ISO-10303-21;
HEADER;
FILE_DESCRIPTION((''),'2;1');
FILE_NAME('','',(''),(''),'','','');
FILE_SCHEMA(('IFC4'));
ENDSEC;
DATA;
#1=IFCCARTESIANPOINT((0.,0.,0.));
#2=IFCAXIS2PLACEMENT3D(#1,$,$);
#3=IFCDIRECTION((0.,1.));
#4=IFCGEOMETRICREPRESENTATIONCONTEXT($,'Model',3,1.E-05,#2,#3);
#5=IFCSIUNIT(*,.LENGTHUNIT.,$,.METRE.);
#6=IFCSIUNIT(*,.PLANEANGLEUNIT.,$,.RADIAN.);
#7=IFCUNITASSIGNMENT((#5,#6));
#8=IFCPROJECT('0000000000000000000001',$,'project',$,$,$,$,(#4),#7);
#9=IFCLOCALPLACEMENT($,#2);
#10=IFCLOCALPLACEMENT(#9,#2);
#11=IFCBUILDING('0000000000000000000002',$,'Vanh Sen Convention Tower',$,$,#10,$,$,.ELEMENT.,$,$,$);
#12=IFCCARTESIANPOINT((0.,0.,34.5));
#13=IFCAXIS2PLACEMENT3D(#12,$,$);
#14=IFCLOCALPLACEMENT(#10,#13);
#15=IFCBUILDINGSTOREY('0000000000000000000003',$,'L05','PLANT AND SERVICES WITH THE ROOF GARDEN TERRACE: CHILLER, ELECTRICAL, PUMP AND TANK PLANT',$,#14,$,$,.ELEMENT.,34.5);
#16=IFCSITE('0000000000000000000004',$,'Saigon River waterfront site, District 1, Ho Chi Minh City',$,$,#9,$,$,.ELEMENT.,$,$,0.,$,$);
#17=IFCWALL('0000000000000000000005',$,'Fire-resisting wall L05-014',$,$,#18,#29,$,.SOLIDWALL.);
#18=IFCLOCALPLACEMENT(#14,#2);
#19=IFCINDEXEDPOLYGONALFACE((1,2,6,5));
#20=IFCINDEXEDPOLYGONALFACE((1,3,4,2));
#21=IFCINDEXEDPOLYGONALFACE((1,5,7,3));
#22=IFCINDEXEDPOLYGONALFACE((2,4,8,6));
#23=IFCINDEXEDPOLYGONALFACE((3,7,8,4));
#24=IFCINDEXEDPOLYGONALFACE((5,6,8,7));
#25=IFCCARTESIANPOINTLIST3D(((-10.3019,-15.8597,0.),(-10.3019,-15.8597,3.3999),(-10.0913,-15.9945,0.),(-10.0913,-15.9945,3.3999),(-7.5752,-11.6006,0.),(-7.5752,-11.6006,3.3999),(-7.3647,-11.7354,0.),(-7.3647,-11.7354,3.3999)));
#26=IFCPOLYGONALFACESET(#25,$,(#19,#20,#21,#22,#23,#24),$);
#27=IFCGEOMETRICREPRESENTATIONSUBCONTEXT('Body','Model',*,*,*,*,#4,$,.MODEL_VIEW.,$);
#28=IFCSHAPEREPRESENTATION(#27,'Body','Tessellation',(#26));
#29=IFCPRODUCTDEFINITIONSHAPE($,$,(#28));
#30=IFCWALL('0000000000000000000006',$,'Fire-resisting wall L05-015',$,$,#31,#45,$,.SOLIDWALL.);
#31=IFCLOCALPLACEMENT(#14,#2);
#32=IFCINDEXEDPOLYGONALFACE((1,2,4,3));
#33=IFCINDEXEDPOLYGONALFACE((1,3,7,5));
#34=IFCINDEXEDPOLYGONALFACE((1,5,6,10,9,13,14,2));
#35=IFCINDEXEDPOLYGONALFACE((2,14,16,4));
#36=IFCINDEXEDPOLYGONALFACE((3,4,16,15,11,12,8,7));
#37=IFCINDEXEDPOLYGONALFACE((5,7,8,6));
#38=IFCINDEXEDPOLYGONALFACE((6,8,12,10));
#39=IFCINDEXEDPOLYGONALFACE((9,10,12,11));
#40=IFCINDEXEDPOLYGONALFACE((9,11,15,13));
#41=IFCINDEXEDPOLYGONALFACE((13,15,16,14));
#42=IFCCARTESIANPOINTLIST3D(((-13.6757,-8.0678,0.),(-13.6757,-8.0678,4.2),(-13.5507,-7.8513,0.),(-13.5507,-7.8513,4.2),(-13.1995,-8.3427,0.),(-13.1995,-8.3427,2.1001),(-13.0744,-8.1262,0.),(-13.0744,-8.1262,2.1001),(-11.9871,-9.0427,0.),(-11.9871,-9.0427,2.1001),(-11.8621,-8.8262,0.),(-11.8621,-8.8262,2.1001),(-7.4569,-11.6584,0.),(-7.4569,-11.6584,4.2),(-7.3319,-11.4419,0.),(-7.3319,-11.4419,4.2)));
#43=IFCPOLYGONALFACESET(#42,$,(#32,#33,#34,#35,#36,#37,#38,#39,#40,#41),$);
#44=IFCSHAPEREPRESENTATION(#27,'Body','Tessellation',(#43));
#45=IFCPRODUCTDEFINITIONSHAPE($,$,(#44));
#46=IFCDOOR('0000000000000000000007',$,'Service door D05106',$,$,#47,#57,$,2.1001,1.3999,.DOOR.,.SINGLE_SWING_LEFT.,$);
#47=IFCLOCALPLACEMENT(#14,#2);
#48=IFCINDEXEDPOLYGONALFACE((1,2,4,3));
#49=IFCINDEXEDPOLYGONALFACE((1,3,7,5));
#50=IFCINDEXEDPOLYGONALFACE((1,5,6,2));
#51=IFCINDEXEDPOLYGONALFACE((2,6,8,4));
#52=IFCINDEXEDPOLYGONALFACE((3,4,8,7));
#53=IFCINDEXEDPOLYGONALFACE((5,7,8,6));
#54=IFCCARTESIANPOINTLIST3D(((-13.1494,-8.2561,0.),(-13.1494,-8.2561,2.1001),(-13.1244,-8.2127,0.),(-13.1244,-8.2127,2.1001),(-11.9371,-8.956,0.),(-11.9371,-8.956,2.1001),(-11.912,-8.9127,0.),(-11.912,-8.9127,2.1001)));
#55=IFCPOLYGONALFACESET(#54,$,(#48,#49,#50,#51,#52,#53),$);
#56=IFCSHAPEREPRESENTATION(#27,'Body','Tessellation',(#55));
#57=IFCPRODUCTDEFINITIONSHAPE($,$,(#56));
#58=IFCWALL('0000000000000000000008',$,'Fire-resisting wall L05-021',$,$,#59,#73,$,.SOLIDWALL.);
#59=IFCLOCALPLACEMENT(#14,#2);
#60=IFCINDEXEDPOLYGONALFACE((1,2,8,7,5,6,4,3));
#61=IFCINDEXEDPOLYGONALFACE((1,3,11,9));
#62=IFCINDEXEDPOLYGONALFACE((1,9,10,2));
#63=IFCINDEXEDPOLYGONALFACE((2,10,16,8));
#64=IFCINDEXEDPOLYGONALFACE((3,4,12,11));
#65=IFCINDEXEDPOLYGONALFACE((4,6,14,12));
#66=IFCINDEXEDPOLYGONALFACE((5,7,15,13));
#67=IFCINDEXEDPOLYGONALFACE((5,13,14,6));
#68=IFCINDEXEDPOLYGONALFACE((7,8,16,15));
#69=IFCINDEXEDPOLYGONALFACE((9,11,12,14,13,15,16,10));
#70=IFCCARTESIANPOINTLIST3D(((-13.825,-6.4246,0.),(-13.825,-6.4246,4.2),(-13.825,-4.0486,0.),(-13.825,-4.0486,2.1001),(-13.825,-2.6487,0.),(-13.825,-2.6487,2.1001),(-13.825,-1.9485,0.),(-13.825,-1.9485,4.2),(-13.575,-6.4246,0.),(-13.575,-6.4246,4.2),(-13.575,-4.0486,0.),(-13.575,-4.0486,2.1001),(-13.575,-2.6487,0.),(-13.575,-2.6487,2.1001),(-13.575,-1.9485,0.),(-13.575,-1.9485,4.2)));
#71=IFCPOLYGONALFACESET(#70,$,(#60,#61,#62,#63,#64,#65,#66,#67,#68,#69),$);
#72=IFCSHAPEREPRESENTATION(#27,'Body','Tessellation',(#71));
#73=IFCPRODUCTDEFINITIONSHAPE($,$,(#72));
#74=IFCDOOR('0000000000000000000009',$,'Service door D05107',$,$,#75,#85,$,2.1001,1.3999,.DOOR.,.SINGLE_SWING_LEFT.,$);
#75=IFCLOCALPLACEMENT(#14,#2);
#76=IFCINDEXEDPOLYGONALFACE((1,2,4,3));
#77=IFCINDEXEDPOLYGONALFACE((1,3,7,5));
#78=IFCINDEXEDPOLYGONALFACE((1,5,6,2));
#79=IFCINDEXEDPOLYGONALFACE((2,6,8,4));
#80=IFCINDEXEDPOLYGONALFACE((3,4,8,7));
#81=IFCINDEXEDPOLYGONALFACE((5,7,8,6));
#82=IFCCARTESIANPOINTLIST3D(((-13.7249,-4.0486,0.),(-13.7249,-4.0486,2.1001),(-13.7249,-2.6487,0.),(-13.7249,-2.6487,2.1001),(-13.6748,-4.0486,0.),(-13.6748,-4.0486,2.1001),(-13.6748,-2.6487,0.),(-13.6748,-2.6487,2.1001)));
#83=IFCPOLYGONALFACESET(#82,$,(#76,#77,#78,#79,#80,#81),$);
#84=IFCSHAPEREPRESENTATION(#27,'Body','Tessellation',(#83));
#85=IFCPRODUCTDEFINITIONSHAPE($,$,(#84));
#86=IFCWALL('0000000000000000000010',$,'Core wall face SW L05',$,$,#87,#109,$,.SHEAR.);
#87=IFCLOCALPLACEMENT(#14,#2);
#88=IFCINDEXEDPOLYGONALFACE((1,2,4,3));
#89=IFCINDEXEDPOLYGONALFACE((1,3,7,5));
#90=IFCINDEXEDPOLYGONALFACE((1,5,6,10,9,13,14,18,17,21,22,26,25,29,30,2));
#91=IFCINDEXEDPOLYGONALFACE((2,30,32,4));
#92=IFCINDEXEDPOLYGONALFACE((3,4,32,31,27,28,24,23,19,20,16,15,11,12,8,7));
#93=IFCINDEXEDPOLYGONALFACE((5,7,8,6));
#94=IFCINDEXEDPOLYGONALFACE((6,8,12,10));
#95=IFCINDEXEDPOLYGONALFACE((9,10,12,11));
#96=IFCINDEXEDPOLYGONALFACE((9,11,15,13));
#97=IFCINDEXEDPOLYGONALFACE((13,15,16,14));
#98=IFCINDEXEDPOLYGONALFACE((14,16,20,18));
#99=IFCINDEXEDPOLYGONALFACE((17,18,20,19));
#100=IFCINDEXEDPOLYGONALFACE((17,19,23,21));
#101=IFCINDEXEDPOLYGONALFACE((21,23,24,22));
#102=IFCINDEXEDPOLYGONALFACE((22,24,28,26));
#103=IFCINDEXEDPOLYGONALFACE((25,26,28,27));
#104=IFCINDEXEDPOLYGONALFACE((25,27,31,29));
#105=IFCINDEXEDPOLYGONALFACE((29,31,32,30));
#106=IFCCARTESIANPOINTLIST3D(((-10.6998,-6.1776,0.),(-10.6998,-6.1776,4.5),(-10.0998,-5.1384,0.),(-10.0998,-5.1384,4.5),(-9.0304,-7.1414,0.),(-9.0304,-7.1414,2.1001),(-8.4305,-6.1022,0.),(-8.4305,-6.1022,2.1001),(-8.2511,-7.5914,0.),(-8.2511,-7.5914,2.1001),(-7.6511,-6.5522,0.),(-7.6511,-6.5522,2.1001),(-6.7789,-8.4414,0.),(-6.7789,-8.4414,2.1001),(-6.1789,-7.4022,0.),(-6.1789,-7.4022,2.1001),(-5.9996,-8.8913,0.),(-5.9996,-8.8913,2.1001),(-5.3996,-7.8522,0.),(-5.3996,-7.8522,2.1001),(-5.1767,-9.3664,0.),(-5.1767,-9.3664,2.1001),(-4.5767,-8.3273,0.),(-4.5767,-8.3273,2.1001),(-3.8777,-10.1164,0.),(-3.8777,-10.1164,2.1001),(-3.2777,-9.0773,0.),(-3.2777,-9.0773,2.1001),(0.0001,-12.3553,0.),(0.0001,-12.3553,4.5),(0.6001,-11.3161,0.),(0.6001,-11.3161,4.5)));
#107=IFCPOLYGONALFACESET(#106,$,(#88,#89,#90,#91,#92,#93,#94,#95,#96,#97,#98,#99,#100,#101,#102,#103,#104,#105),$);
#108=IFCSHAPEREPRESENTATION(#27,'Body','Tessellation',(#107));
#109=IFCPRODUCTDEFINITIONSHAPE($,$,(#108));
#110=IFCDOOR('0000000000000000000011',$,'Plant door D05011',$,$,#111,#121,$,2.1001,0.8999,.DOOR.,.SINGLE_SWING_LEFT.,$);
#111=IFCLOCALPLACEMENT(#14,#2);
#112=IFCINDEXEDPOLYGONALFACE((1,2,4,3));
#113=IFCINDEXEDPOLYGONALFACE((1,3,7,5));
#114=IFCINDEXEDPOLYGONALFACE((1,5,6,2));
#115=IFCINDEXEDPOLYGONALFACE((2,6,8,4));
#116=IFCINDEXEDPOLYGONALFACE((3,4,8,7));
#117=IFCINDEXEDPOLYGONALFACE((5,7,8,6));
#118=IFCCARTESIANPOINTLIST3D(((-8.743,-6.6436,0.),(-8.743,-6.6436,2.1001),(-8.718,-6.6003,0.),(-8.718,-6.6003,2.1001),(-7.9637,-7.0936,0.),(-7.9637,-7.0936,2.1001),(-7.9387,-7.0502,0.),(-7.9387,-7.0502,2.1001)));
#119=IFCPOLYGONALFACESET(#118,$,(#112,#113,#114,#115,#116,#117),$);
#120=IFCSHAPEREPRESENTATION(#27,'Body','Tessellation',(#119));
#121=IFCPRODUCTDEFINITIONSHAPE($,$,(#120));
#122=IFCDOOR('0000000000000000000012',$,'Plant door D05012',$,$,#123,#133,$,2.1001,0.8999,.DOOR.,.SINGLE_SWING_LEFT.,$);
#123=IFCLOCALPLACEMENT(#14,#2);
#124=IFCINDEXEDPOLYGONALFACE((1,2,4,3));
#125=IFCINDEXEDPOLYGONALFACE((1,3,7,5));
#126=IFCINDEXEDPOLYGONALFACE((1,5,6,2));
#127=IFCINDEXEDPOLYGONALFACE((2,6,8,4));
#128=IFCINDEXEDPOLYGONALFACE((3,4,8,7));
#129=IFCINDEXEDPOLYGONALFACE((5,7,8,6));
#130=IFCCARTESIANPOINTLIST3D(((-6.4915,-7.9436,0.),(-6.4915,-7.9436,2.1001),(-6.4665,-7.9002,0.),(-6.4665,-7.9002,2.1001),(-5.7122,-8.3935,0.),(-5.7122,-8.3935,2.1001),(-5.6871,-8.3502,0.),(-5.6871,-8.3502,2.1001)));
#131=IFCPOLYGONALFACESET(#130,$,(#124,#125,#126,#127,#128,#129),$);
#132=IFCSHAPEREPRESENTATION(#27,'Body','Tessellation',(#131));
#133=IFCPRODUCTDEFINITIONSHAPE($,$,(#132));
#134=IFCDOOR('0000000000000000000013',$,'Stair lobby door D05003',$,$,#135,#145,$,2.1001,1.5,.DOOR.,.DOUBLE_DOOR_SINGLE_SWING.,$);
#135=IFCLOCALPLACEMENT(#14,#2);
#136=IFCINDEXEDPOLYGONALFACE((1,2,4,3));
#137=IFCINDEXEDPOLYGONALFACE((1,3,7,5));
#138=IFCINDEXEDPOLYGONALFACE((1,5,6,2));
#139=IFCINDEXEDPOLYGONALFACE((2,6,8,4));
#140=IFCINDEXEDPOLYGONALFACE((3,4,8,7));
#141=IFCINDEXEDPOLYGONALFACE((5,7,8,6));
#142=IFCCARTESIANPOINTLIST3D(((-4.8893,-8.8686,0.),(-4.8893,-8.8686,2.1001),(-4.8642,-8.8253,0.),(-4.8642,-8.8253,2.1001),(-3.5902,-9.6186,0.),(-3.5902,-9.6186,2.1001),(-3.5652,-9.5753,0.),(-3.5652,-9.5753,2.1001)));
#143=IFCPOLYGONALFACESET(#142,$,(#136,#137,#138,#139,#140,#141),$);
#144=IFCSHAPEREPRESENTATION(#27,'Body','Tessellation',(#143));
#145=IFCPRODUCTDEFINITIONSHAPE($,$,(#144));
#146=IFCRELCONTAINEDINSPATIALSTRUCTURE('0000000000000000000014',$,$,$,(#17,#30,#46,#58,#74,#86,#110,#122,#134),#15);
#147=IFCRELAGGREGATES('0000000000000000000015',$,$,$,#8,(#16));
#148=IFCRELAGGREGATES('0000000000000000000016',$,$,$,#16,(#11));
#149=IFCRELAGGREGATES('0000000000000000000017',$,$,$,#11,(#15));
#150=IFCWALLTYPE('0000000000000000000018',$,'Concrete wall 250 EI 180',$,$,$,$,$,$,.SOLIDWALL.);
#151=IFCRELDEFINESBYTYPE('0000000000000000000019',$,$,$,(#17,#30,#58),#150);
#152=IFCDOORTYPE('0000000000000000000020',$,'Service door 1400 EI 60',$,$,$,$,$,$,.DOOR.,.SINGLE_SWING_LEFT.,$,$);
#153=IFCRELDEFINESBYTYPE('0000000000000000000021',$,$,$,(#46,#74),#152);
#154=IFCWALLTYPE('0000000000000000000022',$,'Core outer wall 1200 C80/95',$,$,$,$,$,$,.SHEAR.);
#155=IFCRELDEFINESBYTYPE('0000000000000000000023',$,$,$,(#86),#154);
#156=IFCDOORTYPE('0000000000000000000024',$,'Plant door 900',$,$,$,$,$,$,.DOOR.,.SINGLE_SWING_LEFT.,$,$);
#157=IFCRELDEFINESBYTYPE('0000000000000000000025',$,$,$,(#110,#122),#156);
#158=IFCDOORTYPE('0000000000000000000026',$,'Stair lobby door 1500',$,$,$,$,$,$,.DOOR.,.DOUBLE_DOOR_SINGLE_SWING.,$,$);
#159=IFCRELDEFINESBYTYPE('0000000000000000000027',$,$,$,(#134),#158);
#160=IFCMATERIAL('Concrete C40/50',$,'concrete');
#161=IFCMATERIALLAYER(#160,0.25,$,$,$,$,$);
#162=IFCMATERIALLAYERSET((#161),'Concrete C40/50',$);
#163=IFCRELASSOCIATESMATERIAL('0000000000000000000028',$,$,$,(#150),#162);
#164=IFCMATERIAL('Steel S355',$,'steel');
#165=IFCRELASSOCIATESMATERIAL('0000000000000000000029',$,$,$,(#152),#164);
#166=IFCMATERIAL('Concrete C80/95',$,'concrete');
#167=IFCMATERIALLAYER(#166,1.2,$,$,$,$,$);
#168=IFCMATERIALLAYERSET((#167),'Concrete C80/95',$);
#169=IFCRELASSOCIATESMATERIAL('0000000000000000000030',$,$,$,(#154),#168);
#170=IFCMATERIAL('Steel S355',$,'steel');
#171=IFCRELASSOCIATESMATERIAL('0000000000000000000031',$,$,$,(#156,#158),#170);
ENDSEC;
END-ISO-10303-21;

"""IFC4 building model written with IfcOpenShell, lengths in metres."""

from ifc_helpers import new_model, si_unit, direction, frame, frame_2d, origin, place, context, subcontext, project, spatial, rectangle, extrude, material, layer, layer_set, type_object, element, fill, save


model = new_model("IFC4")

# Units and contexts
model_context = context("Model", 3, precision=1e-05, world=origin(), true_north=direction((0.0, 1.0)))
body_context = subcontext(model_context, "Body", "Model", "MODEL_VIEW")
ifc_project = project(units=[si_unit("LENGTHUNIT", "METRE"), si_unit("PLANEANGLEUNIT", "RADIAN")], contexts=[model_context])

# Site, building, storey
site_placement = place(None, origin())
site = spatial("IfcSite", under=ifc_project, at=site_placement, Name="Saigon River waterfront site, District 1, Ho Chi Minh City", CompositionType="ELEMENT", RefElevation=0.0)
building_placement = place(site_placement, origin())
building = spatial("IfcBuilding", under=site, at=building_placement, Name="Vanh Sen Convention Tower", CompositionType="ELEMENT")
storey_placement = place(building_placement, frame((0.0, 0.0, 34.5)))
storey = spatial("IfcBuildingStorey", under=building, at=storey_placement, Name="L05", Description="PLANT AND SERVICES WITH THE ROOF GARDEN TERRACE: CHILLER, ELECTRICAL, PUMP AND TANK PLANT", CompositionType="ELEMENT", Elevation=34.5)

# Shared definitions
ifc_material_1 = material(Name="Steel S355", Category="steel")

# Shared definitions
ifc_material_2 = material(Name="Concrete C40/50", Category="concrete")
ifc_layer_1 = layer(ifc_material_2, 0.25)
ifc_layer_set_1 = layer_set([ifc_layer_1], Name="Concrete C40/50")
wall_type_1 = type_object("IfcWallType", Name="Concrete wall 250 EI 180", PredefinedType="SOLIDWALL", material=ifc_layer_set_1)

# Shared definitions
ifc_material_3 = material(Name="Steel S355", Category="steel")
door_type_1 = type_object("IfcDoorType", Name="Service door 1400 EI 60", OperationType="SINGLE_SWING_LEFT", PredefinedType="DOOR", material=ifc_material_3)

# Wall
wall_1_placement = place(storey_placement, frame((-7.47, -11.668, 0.0), z_axis=(0.0, 0.0, 1.0), x_axis=(-0.539163, -0.842201, 0.0)))
element("IfcWall", 1, at=wall_1_placement, inside=storey, type_object=wall_type_1, Name="Fire-resisting wall L05-014", PredefinedType="SOLIDWALL", context=body_context, shape_type="SweptSolid", body=[
    extrude(rectangle(XDim=5.0571, YDim=0.25, at=frame_2d((2.5286, 0.0))), origin(), (0.0, 0.0, 1.0), 3.3999),
])

# Walls, openings, doors
wall_2_placement = place(storey_placement, frame((-7.3945, -11.55, 0.0), z_axis=(0.0, 0.0, 1.0), x_axis=(-0.866015, 0.500019, 0.0)))
wall_2 = element("IfcWall", 2, at=wall_2_placement, inside=storey, type_object=wall_type_1, Name="Fire-resisting wall L05-015", PredefinedType="SOLIDWALL", context=body_context, shape_type="SweptSolid", body=[
    extrude(rectangle(XDim=7.1809, YDim=0.25, at=frame_2d((3.5903, 0.0))), origin(), (0.0, 0.0, 1.0), 4.2),
])
opening_1_placement = place(wall_2_placement, frame((5.231, 0.0, 0.0)))
opening_1 = element("IfcOpeningElement", 3, at=opening_1_placement, cuts=wall_2, PredefinedType="OPENING", context=body_context, shape_type="SweptSolid", body=[
    extrude(rectangle(XDim=1.3999, YDim=2.1001, at=frame_2d((0.7, 1.05))), frame((0.0, 0.135, 0.0), z_axis=(0.0, -1.0, 0.0), x_axis=(1.0, 0.0, 0.0)), (0.0, 0.0, 1.0), 0.27),
])
door_1_placement = place(opening_1_placement, origin())
door_1 = element("IfcDoor", 4, at=door_1_placement, inside=storey, type_object=door_type_1, Name="Service door D05106", OperationType="SINGLE_SWING_LEFT", OverallHeight=2.1001, OverallWidth=1.3999, PredefinedType="DOOR", context=body_context, shape_type="SweptSolid", body=[
    extrude(rectangle(XDim=1.3999, YDim=2.1001, at=frame_2d((0.7, 1.05))), frame((0.0, 0.0249, 0.0), z_axis=(0.0, -1.0, 0.0), x_axis=(1.0, 0.0, 0.0)), (0.0, 0.0, 1.0), 0.05),
])
fill(opening_1, door_1)
wall_3_placement = place(storey_placement, frame((-13.7, -6.4246, 0.0), z_axis=(0.0, 0.0, 1.0), x_axis=(0.0, 1.0, 0.0)))
wall_3 = element("IfcWall", 5, at=wall_3_placement, inside=storey, type_object=wall_type_1, Name="Fire-resisting wall L05-021", PredefinedType="SOLIDWALL", context=body_context, shape_type="SweptSolid", body=[
    extrude(rectangle(XDim=4.4761, YDim=0.25, at=frame_2d((2.238, 0.0))), origin(), (0.0, 0.0, 1.0), 4.2),
])
opening_2_placement = place(wall_3_placement, frame((2.376, 0.0, 0.0)))
opening_2 = element("IfcOpeningElement", 6, at=opening_2_placement, cuts=wall_3, PredefinedType="OPENING", context=body_context, shape_type="SweptSolid", body=[
    extrude(rectangle(XDim=1.3999, YDim=2.1001, at=frame_2d((0.7, 1.05))), frame((0.0, 0.135, 0.0), z_axis=(0.0, -1.0, 0.0), x_axis=(1.0, 0.0, 0.0)), (0.0, 0.0, 1.0), 0.27),
])
door_2_placement = place(opening_2_placement, origin())
door_2 = element("IfcDoor", 7, at=door_2_placement, inside=storey, type_object=door_type_1, Name="Service door D05107", OperationType="SINGLE_SWING_LEFT", OverallHeight=2.1001, OverallWidth=1.3999, PredefinedType="DOOR", context=body_context, shape_type="SweptSolid", body=[
    extrude(rectangle(XDim=1.3999, YDim=2.1001, at=frame_2d((0.7, 1.05))), frame((0.0, 0.0249, 0.0), z_axis=(0.0, -1.0, 0.0), x_axis=(1.0, 0.0, 0.0)), (0.0, 0.0, 1.0), 0.05),
])
fill(opening_2, door_2)

# Wall, openings, doors
ifc_material_4 = material(Name="Concrete C80/95", Category="concrete")
ifc_layer_2 = layer(ifc_material_4, 1.2)
ifc_layer_set_2 = layer_set([ifc_layer_2], Name="Concrete C80/95")
wall_type_2 = type_object("IfcWallType", Name="Core outer wall 1200 C80/95", PredefinedType="SHEAR", material=ifc_layer_set_2)
wall_4_placement = place(storey_placement, frame((-10.3999, -5.658, 0.0), z_axis=(0.0, 0.0, 1.0), x_axis=(0.866021, -0.500007, 0.0)))
wall_4 = element("IfcWall", 8, at=wall_4_placement, inside=storey, type_object=wall_type_2, Name="Core wall face SW L05", PredefinedType="SHEAR", context=body_context, shape_type="SweptSolid", body=[
    extrude(rectangle(XDim=12.3552, YDim=1.2, at=frame_2d((6.1777, 0.0))), origin(), (0.0, 0.0, 1.0), 4.5),
])
opening_3_placement = place(wall_4_placement, frame((6.3777, 0.0, 0.0)))
opening_3 = element("IfcOpeningElement", 9, at=opening_3_placement, cuts=wall_4, PredefinedType="OPENING", context=body_context, shape_type="SweptSolid", body=[
    extrude(rectangle(XDim=1.5, YDim=2.1001, at=frame_2d((0.75, 1.05))), frame((0.0, 0.6099, 0.0), z_axis=(0.0, -1.0, 0.0), x_axis=(1.0, 0.0, 0.0)), (0.0, 0.0, 1.0), 1.22),
])
opening_4_placement = place(wall_4_placement, frame((1.9277, 0.0, 0.0)))
opening_4 = element("IfcOpeningElement", 10, at=opening_4_placement, cuts=wall_4, PredefinedType="OPENING", context=body_context, shape_type="SweptSolid", body=[
    extrude(rectangle(XDim=0.8999, YDim=2.1001, at=frame_2d((0.45, 1.05))), frame((0.0, 0.6099, 0.0), z_axis=(0.0, -1.0, 0.0), x_axis=(1.0, 0.0, 0.0)), (0.0, 0.0, 1.0), 1.22),
])
opening_5_placement = place(wall_4_placement, frame((4.5276, 0.0, 0.0)))
opening_5 = element("IfcOpeningElement", 11, at=opening_5_placement, cuts=wall_4, PredefinedType="OPENING", context=body_context, shape_type="SweptSolid", body=[
    extrude(rectangle(XDim=0.8999, YDim=2.1001, at=frame_2d((0.45, 1.05))), frame((0.0, 0.6099, 0.0), z_axis=(0.0, -1.0, 0.0), x_axis=(1.0, 0.0, 0.0)), (0.0, 0.0, 1.0), 1.22),
])
door_type_2 = type_object("IfcDoorType", Name="Plant door 900", OperationType="SINGLE_SWING_LEFT", PredefinedType="DOOR", material=ifc_material_1)
door_3_placement = place(opening_4_placement, origin())
door_3 = element("IfcDoor", 12, at=door_3_placement, inside=storey, type_object=door_type_2, Name="Plant door D05011", OperationType="SINGLE_SWING_LEFT", OverallHeight=2.1001, OverallWidth=0.8999, PredefinedType="DOOR", context=body_context, shape_type="SweptSolid", body=[
    extrude(rectangle(XDim=0.8999, YDim=2.1001, at=frame_2d((0.45, 1.05))), frame((0.0, 0.0249, 0.0), z_axis=(0.0, -1.0, 0.0), x_axis=(1.0, 0.0, 0.0)), (0.0, 0.0, 1.0), 0.05),
])
fill(opening_4, door_3)
door_4_placement = place(opening_5_placement, origin())
door_4 = element("IfcDoor", 13, at=door_4_placement, inside=storey, type_object=door_type_2, Name="Plant door D05012", OperationType="SINGLE_SWING_LEFT", OverallHeight=2.1001, OverallWidth=0.8999, PredefinedType="DOOR", context=body_context, shape_type="SweptSolid", body=[
    extrude(rectangle(XDim=0.8999, YDim=2.1001, at=frame_2d((0.45, 1.05))), frame((0.0, 0.0249, 0.0), z_axis=(0.0, -1.0, 0.0), x_axis=(1.0, 0.0, 0.0)), (0.0, 0.0, 1.0), 0.05),
])
fill(opening_5, door_4)
door_type_3 = type_object("IfcDoorType", Name="Stair lobby door 1500", OperationType="DOUBLE_DOOR_SINGLE_SWING", PredefinedType="DOOR", material=ifc_material_1)
door_5_placement = place(opening_3_placement, origin())
door_5 = element("IfcDoor", 14, at=door_5_placement, inside=storey, type_object=door_type_3, Name="Stair lobby door D05003", OperationType="DOUBLE_DOOR_SINGLE_SWING", OverallHeight=2.1001, OverallWidth=1.5, PredefinedType="DOOR", context=body_context, shape_type="SweptSolid", body=[
    extrude(rectangle(XDim=1.5, YDim=2.1001, at=frame_2d((0.75, 1.05))), frame((0.0, 0.0249, 0.0), z_axis=(0.0, -1.0, 0.0), x_axis=(1.0, 0.0, 0.0)), (0.0, 0.0, 1.0), 0.05),
])
fill(opening_3, door_5)

save(model, "model.ifc")
